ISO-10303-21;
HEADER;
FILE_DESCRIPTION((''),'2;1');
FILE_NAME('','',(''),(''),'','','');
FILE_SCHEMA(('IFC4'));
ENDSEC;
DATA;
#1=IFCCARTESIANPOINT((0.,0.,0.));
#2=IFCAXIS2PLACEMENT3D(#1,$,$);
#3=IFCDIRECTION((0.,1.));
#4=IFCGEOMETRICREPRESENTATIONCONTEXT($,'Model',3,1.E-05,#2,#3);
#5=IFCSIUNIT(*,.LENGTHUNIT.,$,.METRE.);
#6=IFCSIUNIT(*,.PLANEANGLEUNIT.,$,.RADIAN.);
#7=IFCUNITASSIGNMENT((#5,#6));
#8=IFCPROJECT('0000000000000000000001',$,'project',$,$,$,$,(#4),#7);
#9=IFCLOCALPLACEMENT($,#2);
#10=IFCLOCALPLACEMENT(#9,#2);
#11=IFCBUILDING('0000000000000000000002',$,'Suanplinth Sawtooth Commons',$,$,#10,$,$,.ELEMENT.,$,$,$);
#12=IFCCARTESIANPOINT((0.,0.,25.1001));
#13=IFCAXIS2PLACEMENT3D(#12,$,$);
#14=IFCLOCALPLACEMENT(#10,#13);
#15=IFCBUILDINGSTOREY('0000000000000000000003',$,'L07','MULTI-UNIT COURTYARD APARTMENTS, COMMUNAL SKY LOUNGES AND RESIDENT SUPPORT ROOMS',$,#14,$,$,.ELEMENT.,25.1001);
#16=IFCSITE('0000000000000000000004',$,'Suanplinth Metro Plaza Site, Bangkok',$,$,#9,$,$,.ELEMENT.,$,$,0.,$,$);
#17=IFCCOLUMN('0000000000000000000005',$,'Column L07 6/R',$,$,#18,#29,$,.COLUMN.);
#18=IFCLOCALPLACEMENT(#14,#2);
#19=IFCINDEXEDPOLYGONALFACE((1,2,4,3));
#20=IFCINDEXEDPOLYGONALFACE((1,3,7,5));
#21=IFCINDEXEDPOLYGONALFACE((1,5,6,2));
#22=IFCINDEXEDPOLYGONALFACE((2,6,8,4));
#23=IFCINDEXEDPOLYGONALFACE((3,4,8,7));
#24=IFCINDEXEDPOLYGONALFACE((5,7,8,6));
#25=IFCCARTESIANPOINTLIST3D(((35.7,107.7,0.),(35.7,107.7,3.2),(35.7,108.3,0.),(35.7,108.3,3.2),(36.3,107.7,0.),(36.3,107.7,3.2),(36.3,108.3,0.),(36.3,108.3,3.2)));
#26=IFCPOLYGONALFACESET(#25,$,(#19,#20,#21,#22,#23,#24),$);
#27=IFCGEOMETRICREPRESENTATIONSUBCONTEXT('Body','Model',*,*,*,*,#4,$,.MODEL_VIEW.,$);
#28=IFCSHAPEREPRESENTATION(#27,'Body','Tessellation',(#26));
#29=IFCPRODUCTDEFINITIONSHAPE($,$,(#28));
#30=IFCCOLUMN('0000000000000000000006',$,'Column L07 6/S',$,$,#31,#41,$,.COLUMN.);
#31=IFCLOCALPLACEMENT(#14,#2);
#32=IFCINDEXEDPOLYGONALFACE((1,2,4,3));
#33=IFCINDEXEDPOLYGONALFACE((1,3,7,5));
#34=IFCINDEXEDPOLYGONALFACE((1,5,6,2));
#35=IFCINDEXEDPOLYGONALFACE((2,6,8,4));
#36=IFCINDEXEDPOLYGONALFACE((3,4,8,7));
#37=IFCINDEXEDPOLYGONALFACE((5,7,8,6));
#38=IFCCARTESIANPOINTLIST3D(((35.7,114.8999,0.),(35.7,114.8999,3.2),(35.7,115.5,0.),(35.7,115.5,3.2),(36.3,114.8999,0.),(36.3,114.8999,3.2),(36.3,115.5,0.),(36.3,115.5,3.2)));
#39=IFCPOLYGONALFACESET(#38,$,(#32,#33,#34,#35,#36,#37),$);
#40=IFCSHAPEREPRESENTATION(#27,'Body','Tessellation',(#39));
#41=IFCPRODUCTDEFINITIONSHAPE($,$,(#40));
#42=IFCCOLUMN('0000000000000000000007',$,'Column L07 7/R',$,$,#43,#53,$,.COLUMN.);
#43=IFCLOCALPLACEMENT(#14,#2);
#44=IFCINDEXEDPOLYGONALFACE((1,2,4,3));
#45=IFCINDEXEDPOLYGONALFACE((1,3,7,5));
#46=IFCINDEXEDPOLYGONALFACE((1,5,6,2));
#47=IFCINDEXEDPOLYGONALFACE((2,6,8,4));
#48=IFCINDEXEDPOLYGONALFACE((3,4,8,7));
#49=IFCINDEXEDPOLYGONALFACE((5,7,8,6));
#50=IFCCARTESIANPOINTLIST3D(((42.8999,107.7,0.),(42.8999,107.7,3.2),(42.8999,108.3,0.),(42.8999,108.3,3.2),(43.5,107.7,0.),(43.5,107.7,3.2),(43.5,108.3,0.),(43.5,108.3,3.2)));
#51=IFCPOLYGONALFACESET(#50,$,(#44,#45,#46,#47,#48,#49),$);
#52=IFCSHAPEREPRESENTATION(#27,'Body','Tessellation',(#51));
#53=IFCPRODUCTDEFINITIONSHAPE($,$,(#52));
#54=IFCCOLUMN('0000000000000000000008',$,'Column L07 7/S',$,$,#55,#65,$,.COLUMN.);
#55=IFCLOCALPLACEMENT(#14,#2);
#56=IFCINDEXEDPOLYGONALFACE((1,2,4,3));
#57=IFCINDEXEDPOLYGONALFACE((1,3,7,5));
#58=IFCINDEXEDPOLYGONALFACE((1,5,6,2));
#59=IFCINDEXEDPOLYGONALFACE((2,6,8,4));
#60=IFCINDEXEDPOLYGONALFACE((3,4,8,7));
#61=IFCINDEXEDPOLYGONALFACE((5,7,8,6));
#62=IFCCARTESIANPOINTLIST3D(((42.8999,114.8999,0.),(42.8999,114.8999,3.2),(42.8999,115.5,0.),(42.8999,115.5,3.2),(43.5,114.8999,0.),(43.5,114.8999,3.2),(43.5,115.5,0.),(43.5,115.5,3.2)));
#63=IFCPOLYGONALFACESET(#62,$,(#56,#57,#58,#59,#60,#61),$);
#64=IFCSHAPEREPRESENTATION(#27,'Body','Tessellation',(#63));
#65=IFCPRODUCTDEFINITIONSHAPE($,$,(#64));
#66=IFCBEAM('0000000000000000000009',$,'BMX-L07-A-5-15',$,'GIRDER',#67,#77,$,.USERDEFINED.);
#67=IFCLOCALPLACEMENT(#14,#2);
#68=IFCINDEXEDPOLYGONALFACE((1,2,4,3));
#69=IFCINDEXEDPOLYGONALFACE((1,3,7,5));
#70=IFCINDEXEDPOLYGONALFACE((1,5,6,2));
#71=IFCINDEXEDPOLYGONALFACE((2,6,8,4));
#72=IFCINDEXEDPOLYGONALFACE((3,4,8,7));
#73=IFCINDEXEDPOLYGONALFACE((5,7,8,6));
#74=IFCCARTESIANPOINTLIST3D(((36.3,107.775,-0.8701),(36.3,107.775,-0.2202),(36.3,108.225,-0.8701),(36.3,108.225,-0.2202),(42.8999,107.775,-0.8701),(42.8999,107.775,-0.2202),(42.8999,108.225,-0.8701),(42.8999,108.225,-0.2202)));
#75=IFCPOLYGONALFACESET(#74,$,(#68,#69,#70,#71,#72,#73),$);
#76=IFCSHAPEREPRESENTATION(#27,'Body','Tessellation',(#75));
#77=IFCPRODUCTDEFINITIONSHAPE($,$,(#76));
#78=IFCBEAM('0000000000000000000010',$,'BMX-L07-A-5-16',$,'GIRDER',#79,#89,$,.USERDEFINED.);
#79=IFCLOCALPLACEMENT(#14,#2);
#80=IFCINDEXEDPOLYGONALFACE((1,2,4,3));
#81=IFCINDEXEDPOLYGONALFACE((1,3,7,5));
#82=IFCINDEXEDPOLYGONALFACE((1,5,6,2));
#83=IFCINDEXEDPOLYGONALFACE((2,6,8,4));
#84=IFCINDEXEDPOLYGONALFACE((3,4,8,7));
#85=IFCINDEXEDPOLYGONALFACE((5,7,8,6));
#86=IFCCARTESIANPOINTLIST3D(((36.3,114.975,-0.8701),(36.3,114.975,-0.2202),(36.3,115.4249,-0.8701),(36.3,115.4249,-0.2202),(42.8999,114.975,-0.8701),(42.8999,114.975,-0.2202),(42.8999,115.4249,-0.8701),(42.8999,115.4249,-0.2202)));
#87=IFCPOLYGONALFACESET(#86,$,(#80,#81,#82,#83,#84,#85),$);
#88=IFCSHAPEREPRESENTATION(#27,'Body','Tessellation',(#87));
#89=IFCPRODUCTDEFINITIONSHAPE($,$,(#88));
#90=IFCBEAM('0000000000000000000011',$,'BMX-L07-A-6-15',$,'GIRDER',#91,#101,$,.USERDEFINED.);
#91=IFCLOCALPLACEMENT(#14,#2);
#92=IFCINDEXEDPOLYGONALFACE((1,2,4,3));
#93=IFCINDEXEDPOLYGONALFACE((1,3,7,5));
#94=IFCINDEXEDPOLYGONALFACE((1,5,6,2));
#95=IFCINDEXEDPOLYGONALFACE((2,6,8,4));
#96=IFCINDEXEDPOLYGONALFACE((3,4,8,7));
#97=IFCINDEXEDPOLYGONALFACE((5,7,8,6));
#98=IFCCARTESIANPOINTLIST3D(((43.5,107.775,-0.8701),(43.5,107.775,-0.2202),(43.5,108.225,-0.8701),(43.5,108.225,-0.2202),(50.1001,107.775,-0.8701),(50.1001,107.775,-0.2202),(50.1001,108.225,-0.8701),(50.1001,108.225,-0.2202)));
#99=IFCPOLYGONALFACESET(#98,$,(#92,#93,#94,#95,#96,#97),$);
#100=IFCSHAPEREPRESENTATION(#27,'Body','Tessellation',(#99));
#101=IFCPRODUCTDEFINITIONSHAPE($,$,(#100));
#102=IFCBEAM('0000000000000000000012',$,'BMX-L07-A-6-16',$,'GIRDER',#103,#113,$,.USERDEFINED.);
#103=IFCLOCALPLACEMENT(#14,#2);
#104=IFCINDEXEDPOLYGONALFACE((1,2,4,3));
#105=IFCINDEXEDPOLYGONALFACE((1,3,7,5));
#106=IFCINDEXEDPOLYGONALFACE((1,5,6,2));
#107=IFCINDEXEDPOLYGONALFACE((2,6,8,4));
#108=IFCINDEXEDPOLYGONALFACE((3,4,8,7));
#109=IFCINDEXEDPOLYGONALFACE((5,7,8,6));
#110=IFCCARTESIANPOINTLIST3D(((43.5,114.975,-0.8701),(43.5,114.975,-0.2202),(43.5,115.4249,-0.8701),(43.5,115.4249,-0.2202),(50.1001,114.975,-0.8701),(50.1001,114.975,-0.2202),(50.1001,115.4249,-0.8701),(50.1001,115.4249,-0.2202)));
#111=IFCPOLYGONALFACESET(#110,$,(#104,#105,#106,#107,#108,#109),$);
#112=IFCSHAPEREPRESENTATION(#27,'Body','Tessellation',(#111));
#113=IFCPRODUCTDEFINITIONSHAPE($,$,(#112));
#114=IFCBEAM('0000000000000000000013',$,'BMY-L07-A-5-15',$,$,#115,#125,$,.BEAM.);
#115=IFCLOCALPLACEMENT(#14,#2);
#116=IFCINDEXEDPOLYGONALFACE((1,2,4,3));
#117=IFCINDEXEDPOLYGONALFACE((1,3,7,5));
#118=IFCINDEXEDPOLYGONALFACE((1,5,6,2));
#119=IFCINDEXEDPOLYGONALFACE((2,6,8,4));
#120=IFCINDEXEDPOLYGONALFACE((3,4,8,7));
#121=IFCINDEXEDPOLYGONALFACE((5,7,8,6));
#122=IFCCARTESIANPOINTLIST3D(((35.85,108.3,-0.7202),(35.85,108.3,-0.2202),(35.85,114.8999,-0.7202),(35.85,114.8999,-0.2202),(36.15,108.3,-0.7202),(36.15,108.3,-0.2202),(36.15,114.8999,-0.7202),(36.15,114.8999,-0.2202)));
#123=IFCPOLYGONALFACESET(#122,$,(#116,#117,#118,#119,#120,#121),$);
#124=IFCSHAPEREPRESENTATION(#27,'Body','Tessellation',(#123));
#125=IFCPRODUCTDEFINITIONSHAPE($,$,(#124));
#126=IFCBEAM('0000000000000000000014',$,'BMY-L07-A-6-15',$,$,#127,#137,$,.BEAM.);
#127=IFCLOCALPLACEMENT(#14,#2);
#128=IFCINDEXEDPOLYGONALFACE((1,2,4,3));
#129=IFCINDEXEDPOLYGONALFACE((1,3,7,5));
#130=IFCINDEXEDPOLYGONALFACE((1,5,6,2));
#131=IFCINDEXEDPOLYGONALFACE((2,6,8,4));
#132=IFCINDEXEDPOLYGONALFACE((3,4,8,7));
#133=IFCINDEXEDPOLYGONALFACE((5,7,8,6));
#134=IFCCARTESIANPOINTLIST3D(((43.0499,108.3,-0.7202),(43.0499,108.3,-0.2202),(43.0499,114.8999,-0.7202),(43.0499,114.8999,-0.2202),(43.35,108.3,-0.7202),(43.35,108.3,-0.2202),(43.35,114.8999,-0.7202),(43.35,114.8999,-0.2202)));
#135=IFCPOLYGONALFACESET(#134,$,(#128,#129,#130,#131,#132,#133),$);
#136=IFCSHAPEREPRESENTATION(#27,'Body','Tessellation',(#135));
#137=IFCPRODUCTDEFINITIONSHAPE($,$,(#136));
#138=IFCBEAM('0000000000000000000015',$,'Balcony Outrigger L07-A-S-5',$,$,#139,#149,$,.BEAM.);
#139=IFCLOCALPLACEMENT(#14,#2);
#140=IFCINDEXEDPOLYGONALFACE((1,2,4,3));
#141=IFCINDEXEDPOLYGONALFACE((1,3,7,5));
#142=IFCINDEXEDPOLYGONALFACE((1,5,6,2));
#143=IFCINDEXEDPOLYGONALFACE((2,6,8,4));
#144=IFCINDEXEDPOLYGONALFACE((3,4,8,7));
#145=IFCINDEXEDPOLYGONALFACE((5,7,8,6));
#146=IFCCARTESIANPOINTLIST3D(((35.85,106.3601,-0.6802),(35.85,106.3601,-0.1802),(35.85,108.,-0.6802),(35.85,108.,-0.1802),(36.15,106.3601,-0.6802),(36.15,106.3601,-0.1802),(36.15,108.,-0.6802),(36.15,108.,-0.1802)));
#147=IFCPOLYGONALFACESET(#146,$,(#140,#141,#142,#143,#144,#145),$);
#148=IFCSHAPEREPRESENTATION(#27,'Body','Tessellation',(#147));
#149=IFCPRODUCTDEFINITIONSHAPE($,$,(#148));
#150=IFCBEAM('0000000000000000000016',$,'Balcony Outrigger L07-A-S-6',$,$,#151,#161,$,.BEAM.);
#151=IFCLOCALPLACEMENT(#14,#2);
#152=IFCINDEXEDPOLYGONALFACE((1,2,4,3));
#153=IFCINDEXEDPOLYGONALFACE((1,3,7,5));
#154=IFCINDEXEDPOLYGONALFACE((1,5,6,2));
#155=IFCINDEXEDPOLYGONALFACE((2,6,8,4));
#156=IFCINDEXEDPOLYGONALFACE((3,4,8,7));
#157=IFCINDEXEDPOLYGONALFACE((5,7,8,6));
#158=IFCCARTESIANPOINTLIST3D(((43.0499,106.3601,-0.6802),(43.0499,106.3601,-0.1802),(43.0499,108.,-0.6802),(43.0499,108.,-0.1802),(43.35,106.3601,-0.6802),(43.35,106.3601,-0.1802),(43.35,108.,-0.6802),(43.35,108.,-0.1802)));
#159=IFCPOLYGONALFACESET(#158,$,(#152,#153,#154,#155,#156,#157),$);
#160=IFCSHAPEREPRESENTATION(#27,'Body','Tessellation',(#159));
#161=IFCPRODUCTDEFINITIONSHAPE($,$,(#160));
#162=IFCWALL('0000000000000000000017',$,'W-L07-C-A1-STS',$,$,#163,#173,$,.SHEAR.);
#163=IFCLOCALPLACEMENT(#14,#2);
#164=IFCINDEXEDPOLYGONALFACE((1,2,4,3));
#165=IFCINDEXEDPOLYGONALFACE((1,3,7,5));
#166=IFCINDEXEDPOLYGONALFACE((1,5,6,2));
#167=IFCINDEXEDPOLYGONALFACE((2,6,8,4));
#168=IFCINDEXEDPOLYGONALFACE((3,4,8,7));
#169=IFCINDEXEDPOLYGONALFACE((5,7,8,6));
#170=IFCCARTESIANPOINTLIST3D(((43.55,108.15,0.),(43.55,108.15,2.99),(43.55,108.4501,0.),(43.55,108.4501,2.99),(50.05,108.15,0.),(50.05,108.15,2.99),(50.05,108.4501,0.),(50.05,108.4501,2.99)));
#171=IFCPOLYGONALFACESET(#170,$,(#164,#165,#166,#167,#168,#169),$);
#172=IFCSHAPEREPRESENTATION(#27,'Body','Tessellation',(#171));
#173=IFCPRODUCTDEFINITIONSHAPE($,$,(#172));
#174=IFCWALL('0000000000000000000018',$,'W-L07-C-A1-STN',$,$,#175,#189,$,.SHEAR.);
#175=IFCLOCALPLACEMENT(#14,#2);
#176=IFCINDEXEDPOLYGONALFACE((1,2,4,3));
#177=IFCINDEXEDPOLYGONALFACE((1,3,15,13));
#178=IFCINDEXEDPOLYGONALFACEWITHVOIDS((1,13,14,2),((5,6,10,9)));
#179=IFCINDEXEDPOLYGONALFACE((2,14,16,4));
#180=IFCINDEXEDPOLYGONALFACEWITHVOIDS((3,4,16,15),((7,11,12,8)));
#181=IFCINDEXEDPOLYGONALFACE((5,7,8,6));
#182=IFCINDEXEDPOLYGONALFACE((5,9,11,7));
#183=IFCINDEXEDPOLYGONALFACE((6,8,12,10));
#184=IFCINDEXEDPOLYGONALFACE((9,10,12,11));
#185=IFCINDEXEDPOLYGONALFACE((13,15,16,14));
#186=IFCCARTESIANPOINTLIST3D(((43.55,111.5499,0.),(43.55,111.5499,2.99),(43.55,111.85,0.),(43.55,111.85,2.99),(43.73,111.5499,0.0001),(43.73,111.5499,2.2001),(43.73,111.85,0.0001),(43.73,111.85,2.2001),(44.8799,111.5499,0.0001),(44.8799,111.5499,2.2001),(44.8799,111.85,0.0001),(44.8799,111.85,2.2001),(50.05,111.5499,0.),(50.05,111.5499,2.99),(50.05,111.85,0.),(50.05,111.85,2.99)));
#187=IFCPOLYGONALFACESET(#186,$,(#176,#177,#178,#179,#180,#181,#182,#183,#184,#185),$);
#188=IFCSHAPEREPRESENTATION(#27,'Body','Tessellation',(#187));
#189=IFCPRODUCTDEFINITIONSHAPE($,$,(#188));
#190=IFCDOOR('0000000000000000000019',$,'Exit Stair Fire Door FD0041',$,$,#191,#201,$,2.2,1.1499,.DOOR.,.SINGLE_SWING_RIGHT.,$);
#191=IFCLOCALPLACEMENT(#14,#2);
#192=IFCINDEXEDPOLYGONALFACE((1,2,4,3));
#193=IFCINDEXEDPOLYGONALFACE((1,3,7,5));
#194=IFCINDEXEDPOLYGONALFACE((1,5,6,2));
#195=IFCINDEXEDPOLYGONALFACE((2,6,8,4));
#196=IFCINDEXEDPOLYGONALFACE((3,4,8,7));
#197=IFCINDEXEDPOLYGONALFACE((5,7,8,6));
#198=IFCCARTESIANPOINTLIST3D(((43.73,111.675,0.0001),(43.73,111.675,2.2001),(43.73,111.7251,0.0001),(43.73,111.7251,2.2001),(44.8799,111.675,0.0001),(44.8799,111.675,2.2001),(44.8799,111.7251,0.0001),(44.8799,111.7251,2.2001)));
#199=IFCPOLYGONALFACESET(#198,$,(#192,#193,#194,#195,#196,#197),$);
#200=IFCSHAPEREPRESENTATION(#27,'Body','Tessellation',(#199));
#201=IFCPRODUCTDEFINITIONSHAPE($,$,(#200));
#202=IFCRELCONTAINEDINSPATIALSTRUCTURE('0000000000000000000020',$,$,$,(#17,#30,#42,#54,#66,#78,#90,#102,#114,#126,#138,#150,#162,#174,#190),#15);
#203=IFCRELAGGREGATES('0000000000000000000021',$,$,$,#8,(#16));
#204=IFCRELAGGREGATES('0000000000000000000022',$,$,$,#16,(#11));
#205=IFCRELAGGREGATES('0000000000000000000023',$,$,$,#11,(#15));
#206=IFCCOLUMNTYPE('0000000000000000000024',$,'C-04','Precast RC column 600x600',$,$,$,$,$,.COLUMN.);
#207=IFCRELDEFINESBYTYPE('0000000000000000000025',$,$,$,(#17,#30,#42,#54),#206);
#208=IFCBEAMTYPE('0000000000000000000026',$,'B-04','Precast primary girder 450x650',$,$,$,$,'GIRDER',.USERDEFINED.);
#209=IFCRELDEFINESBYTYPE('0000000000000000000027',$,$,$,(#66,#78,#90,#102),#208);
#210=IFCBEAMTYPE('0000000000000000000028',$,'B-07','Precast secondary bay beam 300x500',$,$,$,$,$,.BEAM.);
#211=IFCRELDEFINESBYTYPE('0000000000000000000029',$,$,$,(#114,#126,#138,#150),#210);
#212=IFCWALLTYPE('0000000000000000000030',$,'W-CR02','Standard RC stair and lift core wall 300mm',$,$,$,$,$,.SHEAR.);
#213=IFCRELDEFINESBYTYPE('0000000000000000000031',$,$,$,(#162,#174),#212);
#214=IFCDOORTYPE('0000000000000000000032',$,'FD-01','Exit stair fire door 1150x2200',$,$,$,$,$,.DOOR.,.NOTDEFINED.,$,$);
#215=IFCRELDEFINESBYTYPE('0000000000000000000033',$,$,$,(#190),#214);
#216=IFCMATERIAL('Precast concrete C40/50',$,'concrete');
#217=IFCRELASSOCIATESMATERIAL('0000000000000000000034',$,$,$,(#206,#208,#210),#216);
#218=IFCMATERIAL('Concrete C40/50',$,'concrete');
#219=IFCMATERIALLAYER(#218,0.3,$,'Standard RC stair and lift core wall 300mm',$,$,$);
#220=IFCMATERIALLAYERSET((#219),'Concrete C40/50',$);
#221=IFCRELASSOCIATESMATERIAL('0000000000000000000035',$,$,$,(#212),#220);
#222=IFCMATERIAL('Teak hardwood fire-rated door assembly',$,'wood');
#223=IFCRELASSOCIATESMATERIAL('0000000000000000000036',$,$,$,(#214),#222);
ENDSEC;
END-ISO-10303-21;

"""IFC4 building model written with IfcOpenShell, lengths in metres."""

from ifc_helpers import new_model, si_unit, direction, frame, frame_2d, origin, origin_2d, place, context, subcontext, project, spatial, rectangle, extrude, material, layer, layer_set, material_profile, profile_set, type_object, element, fill, save


model = new_model("IFC4")

# Units and contexts
model_context = context("Model", 3, precision=1e-05, world=origin(), true_north=direction((0.0, 1.0)))
body_context = subcontext(model_context, "Body", "Model", "MODEL_VIEW")
ifc_project = project(units=[si_unit("LENGTHUNIT", "METRE"), si_unit("PLANEANGLEUNIT", "RADIAN")], contexts=[model_context])

# Site, building, storey
site_placement = place(None, origin())
site = spatial("IfcSite", under=ifc_project, at=site_placement, Name="Suanplinth Metro Plaza Site, Bangkok", CompositionType="ELEMENT", RefElevation=0.0)
building_placement = place(site_placement, origin())
building = spatial("IfcBuilding", under=site, at=building_placement, Name="Suanplinth Sawtooth Commons", CompositionType="ELEMENT")
storey_placement = place(building_placement, frame((0.0, 0.0, 25.1001)))
storey = spatial("IfcBuildingStorey", under=building, at=storey_placement, Name="L07", Description="MULTI-UNIT COURTYARD APARTMENTS, COMMUNAL SKY LOUNGES AND RESIDENT SUPPORT ROOMS", CompositionType="ELEMENT", Elevation=25.1001)

# Columns
ifc_material_1 = material(Name="Precast concrete C40/50", Category="concrete")
ifc_material_profile_1 = material_profile(ifc_material_1, rectangle(XDim=0.6001, YDim=0.6001, at=origin_2d()), Name="PC-COL 600x600")
ifc_profile_set_1 = profile_set([ifc_material_profile_1], Name="Precast concrete C40/50")
column_type = type_object("IfcColumnType", Name="C-04", Description="Precast RC column 600x600", PredefinedType="COLUMN", material=ifc_profile_set_1)
for number, where, z_axis, x_axis, name in (
    (1, (36.0, 108.0, 0.0), (0.0, 0.0, 1.0), (1.0, 0.0, 0.0), "Column L07 6/R"),
    (2, (36.0, 115.2, 0.0), (0.0, 0.0, 1.0), (1.0, 0.0, 0.0), "Column L07 6/S"),
    (3, (43.2, 108.0, 0.0), (0.0, 0.0, 1.0), (1.0, 0.0, 0.0), "Column L07 7/R"),
    (4, (43.2, 115.2, 0.0), (0.0, 0.0, 1.0), (1.0, 0.0, 0.0), "Column L07 7/S"),
):
    element("IfcColumn", number, at=place(storey_placement, frame(where, z_axis=z_axis, x_axis=x_axis)), inside=storey, type_object=column_type, Name=name, PredefinedType="COLUMN", context=body_context, shape_type="SweptSolid", body=[
        extrude(rectangle(XDim=0.6001, YDim=0.6001, at=origin_2d()), origin(), (0.0, 0.0, 1.0), 3.2),
    ])

# Beams
ifc_material_profile_2 = material_profile(ifc_material_1, rectangle(XDim=0.45, YDim=0.6499, at=origin_2d()), Name="PC-GDR 450x650")
ifc_profile_set_2 = profile_set([ifc_material_profile_2], Name="Precast concrete C40/50")
beam_type_1 = type_object("IfcBeamType", Name="B-04", Description="Precast primary girder 450x650", ElementType="GIRDER", PredefinedType="USERDEFINED", material=ifc_profile_set_2)
for number, where, z_axis, x_axis, name in (
    (5, (36.3, 108.0, -0.5452), (1.0, 0.0, 0.0), (0.0, 1.0, 0.0), "BMX-L07-A-5-15"),
    (6, (36.3, 115.2, -0.5452), (1.0, 0.0, 0.0), (0.0, 1.0, 0.0), "BMX-L07-A-5-16"),
):
    element("IfcBeam", number, at=place(storey_placement, frame(where, z_axis=z_axis, x_axis=x_axis)), inside=storey, type_object=beam_type_1, Name=name, ObjectType="GIRDER", PredefinedType="USERDEFINED", context=body_context, shape_type="SweptSolid", body=[
        extrude(rectangle(XDim=0.45, YDim=0.6499, at=origin_2d()), origin(), (0.0, 0.0, 1.0), 6.5999),
    ])
for number, where, z_axis, x_axis, name in (
    (7, (43.5, 108.0, -0.5452), (1.0, 0.0, 0.0), (0.0, 1.0, 0.0), "BMX-L07-A-6-15"),
    (8, (43.5, 115.2, -0.5452), (1.0, 0.0, 0.0), (0.0, 1.0, 0.0), "BMX-L07-A-6-16"),
):
    element("IfcBeam", number, at=place(storey_placement, frame(where, z_axis=z_axis, x_axis=x_axis)), inside=storey, type_object=beam_type_1, Name=name, ObjectType="GIRDER", PredefinedType="USERDEFINED", context=body_context, shape_type="SweptSolid", body=[
        extrude(rectangle(XDim=0.45, YDim=0.6499, at=origin_2d()), origin(), (0.0, 0.0, 1.0), 6.6001),
    ])
ifc_material_profile_3 = material_profile(ifc_material_1, rectangle(XDim=0.3, YDim=0.5, at=origin_2d()), Name="PC-BM 300x500")
ifc_profile_set_3 = profile_set([ifc_material_profile_3], Name="Precast concrete C40/50")
beam_type_2 = type_object("IfcBeamType", Name="B-07", Description="Precast secondary bay beam 300x500", PredefinedType="BEAM", material=ifc_profile_set_3)
for number, where, z_axis, x_axis, name in (
    (9, (36.0, 108.3, -0.4702), (0.0, 1.0, 0.0), (-1.0, 0.0, 0.0), "BMY-L07-A-5-15"),
    (10, (43.2, 108.3, -0.4702), (0.0, 1.0, 0.0), (-1.0, 0.0, 0.0), "BMY-L07-A-6-15"),
):
    element("IfcBeam", number, at=place(storey_placement, frame(where, z_axis=z_axis, x_axis=x_axis)), inside=storey, type_object=beam_type_2, Name=name, PredefinedType="BEAM", context=body_context, shape_type="SweptSolid", body=[
        extrude(rectangle(XDim=0.3, YDim=0.5, at=origin_2d()), origin(), (0.0, 0.0, 1.0), 6.5999),
    ])
for number, where, z_axis, x_axis, name in (
    (11, (36.0, 108.0, -0.4302), (0.0, -1.0, 0.0), (1.0, 0.0, 0.0), "Balcony Outrigger L07-A-S-5"),
    (12, (43.2, 108.0, -0.4302), (0.0, -1.0, 0.0), (1.0, 0.0, 0.0), "Balcony Outrigger L07-A-S-6"),
):
    element("IfcBeam", number, at=place(storey_placement, frame(where, z_axis=z_axis, x_axis=x_axis)), inside=storey, type_object=beam_type_2, Name=name, PredefinedType="BEAM", context=body_context, shape_type="SweptSolid", body=[
        extrude(rectangle(XDim=0.3, YDim=0.5, at=origin_2d()), origin(), (0.0, 0.0, 1.0), 1.6399),
    ])

# Wall
ifc_material_2 = material(Name="Concrete C40/50", Category="concrete")
ifc_layer_1 = layer(ifc_material_2, 0.3, Name="Standard RC stair and lift core wall 300mm")
ifc_layer_set_1 = layer_set([ifc_layer_1], Name="Concrete C40/50")
wall_type_1 = type_object("IfcWallType", Name="W-CR02", Description="Standard RC stair and lift core wall 300mm", PredefinedType="SHEAR", material=ifc_layer_set_1)
wall_1_placement = place(storey_placement, frame((43.55, 108.3, 0.0), z_axis=(0.0, 0.0, 1.0), x_axis=(1.0, 0.0, 0.0)))
element("IfcWall", 13, at=wall_1_placement, inside=storey, type_object=wall_type_1, Name="W-L07-C-A1-STS", PredefinedType="SHEAR", context=body_context, shape_type="SweptSolid", body=[
    extrude(rectangle(XDim=6.5, YDim=0.3, at=frame_2d((3.25, 0.0))), origin(), (0.0, 0.0, 1.0), 2.99),
])

# Wall, opening, door
wall_2_placement = place(storey_placement, frame((43.55, 111.7, 0.0), z_axis=(0.0, 0.0, 1.0), x_axis=(1.0, 0.0, 0.0)))
wall_2 = element("IfcWall", 14, at=wall_2_placement, inside=storey, type_object=wall_type_1, Name="W-L07-C-A1-STN", PredefinedType="SHEAR", context=body_context, shape_type="SweptSolid", body=[
    extrude(rectangle(XDim=6.5, YDim=0.3, at=frame_2d((3.25, 0.0))), origin(), (0.0, 0.0, 1.0), 2.99),
])
opening_1_placement = place(wall_2_placement, frame((0.1799, 0.0, 0.0)))
opening_1 = element("IfcOpeningElement", 15, at=opening_1_placement, cuts=wall_2, PredefinedType="OPENING", context=body_context, shape_type="SweptSolid", body=[
    extrude(rectangle(XDim=1.1499, YDim=2.2, at=frame_2d((0.575, 1.1001))), frame((0.0, 0.165, 0.0), z_axis=(0.0, -1.0, 0.0), x_axis=(1.0, 0.0, 0.0)), (0.0, 0.0, 1.0), 0.3298),
])
ifc_material_3 = material(Name="Teak hardwood fire-rated door assembly", Category="wood")
door_type_1 = type_object("IfcDoorType", Name="FD-01", Description="Exit stair fire door 1150x2200", OperationType="NOTDEFINED", PredefinedType="DOOR", material=ifc_material_3)
door_1_placement = place(opening_1_placement, frame((1.1499, 0.0, 0.0), z_axis=(0.0, 0.0, 1.0), x_axis=(-1.0, 0.0, 0.0)))
door_1 = element("IfcDoor", 16, at=door_1_placement, inside=storey, type_object=door_type_1, Name="Exit Stair Fire Door FD0041", OperationType="SINGLE_SWING_RIGHT", OverallHeight=2.2, OverallWidth=1.1499, PredefinedType="DOOR", context=body_context, shape_type="SweptSolid", body=[
    extrude(rectangle(XDim=1.1499, YDim=2.2, at=frame_2d((0.575, 1.1001))), frame((0.0, 0.0249, 0.0), z_axis=(0.0, -1.0, 0.0), x_axis=(1.0, 0.0, 0.0)), (0.0, 0.0, 1.0), 0.05),
])
fill(opening_1, door_1)

save(model, "model.ifc")
